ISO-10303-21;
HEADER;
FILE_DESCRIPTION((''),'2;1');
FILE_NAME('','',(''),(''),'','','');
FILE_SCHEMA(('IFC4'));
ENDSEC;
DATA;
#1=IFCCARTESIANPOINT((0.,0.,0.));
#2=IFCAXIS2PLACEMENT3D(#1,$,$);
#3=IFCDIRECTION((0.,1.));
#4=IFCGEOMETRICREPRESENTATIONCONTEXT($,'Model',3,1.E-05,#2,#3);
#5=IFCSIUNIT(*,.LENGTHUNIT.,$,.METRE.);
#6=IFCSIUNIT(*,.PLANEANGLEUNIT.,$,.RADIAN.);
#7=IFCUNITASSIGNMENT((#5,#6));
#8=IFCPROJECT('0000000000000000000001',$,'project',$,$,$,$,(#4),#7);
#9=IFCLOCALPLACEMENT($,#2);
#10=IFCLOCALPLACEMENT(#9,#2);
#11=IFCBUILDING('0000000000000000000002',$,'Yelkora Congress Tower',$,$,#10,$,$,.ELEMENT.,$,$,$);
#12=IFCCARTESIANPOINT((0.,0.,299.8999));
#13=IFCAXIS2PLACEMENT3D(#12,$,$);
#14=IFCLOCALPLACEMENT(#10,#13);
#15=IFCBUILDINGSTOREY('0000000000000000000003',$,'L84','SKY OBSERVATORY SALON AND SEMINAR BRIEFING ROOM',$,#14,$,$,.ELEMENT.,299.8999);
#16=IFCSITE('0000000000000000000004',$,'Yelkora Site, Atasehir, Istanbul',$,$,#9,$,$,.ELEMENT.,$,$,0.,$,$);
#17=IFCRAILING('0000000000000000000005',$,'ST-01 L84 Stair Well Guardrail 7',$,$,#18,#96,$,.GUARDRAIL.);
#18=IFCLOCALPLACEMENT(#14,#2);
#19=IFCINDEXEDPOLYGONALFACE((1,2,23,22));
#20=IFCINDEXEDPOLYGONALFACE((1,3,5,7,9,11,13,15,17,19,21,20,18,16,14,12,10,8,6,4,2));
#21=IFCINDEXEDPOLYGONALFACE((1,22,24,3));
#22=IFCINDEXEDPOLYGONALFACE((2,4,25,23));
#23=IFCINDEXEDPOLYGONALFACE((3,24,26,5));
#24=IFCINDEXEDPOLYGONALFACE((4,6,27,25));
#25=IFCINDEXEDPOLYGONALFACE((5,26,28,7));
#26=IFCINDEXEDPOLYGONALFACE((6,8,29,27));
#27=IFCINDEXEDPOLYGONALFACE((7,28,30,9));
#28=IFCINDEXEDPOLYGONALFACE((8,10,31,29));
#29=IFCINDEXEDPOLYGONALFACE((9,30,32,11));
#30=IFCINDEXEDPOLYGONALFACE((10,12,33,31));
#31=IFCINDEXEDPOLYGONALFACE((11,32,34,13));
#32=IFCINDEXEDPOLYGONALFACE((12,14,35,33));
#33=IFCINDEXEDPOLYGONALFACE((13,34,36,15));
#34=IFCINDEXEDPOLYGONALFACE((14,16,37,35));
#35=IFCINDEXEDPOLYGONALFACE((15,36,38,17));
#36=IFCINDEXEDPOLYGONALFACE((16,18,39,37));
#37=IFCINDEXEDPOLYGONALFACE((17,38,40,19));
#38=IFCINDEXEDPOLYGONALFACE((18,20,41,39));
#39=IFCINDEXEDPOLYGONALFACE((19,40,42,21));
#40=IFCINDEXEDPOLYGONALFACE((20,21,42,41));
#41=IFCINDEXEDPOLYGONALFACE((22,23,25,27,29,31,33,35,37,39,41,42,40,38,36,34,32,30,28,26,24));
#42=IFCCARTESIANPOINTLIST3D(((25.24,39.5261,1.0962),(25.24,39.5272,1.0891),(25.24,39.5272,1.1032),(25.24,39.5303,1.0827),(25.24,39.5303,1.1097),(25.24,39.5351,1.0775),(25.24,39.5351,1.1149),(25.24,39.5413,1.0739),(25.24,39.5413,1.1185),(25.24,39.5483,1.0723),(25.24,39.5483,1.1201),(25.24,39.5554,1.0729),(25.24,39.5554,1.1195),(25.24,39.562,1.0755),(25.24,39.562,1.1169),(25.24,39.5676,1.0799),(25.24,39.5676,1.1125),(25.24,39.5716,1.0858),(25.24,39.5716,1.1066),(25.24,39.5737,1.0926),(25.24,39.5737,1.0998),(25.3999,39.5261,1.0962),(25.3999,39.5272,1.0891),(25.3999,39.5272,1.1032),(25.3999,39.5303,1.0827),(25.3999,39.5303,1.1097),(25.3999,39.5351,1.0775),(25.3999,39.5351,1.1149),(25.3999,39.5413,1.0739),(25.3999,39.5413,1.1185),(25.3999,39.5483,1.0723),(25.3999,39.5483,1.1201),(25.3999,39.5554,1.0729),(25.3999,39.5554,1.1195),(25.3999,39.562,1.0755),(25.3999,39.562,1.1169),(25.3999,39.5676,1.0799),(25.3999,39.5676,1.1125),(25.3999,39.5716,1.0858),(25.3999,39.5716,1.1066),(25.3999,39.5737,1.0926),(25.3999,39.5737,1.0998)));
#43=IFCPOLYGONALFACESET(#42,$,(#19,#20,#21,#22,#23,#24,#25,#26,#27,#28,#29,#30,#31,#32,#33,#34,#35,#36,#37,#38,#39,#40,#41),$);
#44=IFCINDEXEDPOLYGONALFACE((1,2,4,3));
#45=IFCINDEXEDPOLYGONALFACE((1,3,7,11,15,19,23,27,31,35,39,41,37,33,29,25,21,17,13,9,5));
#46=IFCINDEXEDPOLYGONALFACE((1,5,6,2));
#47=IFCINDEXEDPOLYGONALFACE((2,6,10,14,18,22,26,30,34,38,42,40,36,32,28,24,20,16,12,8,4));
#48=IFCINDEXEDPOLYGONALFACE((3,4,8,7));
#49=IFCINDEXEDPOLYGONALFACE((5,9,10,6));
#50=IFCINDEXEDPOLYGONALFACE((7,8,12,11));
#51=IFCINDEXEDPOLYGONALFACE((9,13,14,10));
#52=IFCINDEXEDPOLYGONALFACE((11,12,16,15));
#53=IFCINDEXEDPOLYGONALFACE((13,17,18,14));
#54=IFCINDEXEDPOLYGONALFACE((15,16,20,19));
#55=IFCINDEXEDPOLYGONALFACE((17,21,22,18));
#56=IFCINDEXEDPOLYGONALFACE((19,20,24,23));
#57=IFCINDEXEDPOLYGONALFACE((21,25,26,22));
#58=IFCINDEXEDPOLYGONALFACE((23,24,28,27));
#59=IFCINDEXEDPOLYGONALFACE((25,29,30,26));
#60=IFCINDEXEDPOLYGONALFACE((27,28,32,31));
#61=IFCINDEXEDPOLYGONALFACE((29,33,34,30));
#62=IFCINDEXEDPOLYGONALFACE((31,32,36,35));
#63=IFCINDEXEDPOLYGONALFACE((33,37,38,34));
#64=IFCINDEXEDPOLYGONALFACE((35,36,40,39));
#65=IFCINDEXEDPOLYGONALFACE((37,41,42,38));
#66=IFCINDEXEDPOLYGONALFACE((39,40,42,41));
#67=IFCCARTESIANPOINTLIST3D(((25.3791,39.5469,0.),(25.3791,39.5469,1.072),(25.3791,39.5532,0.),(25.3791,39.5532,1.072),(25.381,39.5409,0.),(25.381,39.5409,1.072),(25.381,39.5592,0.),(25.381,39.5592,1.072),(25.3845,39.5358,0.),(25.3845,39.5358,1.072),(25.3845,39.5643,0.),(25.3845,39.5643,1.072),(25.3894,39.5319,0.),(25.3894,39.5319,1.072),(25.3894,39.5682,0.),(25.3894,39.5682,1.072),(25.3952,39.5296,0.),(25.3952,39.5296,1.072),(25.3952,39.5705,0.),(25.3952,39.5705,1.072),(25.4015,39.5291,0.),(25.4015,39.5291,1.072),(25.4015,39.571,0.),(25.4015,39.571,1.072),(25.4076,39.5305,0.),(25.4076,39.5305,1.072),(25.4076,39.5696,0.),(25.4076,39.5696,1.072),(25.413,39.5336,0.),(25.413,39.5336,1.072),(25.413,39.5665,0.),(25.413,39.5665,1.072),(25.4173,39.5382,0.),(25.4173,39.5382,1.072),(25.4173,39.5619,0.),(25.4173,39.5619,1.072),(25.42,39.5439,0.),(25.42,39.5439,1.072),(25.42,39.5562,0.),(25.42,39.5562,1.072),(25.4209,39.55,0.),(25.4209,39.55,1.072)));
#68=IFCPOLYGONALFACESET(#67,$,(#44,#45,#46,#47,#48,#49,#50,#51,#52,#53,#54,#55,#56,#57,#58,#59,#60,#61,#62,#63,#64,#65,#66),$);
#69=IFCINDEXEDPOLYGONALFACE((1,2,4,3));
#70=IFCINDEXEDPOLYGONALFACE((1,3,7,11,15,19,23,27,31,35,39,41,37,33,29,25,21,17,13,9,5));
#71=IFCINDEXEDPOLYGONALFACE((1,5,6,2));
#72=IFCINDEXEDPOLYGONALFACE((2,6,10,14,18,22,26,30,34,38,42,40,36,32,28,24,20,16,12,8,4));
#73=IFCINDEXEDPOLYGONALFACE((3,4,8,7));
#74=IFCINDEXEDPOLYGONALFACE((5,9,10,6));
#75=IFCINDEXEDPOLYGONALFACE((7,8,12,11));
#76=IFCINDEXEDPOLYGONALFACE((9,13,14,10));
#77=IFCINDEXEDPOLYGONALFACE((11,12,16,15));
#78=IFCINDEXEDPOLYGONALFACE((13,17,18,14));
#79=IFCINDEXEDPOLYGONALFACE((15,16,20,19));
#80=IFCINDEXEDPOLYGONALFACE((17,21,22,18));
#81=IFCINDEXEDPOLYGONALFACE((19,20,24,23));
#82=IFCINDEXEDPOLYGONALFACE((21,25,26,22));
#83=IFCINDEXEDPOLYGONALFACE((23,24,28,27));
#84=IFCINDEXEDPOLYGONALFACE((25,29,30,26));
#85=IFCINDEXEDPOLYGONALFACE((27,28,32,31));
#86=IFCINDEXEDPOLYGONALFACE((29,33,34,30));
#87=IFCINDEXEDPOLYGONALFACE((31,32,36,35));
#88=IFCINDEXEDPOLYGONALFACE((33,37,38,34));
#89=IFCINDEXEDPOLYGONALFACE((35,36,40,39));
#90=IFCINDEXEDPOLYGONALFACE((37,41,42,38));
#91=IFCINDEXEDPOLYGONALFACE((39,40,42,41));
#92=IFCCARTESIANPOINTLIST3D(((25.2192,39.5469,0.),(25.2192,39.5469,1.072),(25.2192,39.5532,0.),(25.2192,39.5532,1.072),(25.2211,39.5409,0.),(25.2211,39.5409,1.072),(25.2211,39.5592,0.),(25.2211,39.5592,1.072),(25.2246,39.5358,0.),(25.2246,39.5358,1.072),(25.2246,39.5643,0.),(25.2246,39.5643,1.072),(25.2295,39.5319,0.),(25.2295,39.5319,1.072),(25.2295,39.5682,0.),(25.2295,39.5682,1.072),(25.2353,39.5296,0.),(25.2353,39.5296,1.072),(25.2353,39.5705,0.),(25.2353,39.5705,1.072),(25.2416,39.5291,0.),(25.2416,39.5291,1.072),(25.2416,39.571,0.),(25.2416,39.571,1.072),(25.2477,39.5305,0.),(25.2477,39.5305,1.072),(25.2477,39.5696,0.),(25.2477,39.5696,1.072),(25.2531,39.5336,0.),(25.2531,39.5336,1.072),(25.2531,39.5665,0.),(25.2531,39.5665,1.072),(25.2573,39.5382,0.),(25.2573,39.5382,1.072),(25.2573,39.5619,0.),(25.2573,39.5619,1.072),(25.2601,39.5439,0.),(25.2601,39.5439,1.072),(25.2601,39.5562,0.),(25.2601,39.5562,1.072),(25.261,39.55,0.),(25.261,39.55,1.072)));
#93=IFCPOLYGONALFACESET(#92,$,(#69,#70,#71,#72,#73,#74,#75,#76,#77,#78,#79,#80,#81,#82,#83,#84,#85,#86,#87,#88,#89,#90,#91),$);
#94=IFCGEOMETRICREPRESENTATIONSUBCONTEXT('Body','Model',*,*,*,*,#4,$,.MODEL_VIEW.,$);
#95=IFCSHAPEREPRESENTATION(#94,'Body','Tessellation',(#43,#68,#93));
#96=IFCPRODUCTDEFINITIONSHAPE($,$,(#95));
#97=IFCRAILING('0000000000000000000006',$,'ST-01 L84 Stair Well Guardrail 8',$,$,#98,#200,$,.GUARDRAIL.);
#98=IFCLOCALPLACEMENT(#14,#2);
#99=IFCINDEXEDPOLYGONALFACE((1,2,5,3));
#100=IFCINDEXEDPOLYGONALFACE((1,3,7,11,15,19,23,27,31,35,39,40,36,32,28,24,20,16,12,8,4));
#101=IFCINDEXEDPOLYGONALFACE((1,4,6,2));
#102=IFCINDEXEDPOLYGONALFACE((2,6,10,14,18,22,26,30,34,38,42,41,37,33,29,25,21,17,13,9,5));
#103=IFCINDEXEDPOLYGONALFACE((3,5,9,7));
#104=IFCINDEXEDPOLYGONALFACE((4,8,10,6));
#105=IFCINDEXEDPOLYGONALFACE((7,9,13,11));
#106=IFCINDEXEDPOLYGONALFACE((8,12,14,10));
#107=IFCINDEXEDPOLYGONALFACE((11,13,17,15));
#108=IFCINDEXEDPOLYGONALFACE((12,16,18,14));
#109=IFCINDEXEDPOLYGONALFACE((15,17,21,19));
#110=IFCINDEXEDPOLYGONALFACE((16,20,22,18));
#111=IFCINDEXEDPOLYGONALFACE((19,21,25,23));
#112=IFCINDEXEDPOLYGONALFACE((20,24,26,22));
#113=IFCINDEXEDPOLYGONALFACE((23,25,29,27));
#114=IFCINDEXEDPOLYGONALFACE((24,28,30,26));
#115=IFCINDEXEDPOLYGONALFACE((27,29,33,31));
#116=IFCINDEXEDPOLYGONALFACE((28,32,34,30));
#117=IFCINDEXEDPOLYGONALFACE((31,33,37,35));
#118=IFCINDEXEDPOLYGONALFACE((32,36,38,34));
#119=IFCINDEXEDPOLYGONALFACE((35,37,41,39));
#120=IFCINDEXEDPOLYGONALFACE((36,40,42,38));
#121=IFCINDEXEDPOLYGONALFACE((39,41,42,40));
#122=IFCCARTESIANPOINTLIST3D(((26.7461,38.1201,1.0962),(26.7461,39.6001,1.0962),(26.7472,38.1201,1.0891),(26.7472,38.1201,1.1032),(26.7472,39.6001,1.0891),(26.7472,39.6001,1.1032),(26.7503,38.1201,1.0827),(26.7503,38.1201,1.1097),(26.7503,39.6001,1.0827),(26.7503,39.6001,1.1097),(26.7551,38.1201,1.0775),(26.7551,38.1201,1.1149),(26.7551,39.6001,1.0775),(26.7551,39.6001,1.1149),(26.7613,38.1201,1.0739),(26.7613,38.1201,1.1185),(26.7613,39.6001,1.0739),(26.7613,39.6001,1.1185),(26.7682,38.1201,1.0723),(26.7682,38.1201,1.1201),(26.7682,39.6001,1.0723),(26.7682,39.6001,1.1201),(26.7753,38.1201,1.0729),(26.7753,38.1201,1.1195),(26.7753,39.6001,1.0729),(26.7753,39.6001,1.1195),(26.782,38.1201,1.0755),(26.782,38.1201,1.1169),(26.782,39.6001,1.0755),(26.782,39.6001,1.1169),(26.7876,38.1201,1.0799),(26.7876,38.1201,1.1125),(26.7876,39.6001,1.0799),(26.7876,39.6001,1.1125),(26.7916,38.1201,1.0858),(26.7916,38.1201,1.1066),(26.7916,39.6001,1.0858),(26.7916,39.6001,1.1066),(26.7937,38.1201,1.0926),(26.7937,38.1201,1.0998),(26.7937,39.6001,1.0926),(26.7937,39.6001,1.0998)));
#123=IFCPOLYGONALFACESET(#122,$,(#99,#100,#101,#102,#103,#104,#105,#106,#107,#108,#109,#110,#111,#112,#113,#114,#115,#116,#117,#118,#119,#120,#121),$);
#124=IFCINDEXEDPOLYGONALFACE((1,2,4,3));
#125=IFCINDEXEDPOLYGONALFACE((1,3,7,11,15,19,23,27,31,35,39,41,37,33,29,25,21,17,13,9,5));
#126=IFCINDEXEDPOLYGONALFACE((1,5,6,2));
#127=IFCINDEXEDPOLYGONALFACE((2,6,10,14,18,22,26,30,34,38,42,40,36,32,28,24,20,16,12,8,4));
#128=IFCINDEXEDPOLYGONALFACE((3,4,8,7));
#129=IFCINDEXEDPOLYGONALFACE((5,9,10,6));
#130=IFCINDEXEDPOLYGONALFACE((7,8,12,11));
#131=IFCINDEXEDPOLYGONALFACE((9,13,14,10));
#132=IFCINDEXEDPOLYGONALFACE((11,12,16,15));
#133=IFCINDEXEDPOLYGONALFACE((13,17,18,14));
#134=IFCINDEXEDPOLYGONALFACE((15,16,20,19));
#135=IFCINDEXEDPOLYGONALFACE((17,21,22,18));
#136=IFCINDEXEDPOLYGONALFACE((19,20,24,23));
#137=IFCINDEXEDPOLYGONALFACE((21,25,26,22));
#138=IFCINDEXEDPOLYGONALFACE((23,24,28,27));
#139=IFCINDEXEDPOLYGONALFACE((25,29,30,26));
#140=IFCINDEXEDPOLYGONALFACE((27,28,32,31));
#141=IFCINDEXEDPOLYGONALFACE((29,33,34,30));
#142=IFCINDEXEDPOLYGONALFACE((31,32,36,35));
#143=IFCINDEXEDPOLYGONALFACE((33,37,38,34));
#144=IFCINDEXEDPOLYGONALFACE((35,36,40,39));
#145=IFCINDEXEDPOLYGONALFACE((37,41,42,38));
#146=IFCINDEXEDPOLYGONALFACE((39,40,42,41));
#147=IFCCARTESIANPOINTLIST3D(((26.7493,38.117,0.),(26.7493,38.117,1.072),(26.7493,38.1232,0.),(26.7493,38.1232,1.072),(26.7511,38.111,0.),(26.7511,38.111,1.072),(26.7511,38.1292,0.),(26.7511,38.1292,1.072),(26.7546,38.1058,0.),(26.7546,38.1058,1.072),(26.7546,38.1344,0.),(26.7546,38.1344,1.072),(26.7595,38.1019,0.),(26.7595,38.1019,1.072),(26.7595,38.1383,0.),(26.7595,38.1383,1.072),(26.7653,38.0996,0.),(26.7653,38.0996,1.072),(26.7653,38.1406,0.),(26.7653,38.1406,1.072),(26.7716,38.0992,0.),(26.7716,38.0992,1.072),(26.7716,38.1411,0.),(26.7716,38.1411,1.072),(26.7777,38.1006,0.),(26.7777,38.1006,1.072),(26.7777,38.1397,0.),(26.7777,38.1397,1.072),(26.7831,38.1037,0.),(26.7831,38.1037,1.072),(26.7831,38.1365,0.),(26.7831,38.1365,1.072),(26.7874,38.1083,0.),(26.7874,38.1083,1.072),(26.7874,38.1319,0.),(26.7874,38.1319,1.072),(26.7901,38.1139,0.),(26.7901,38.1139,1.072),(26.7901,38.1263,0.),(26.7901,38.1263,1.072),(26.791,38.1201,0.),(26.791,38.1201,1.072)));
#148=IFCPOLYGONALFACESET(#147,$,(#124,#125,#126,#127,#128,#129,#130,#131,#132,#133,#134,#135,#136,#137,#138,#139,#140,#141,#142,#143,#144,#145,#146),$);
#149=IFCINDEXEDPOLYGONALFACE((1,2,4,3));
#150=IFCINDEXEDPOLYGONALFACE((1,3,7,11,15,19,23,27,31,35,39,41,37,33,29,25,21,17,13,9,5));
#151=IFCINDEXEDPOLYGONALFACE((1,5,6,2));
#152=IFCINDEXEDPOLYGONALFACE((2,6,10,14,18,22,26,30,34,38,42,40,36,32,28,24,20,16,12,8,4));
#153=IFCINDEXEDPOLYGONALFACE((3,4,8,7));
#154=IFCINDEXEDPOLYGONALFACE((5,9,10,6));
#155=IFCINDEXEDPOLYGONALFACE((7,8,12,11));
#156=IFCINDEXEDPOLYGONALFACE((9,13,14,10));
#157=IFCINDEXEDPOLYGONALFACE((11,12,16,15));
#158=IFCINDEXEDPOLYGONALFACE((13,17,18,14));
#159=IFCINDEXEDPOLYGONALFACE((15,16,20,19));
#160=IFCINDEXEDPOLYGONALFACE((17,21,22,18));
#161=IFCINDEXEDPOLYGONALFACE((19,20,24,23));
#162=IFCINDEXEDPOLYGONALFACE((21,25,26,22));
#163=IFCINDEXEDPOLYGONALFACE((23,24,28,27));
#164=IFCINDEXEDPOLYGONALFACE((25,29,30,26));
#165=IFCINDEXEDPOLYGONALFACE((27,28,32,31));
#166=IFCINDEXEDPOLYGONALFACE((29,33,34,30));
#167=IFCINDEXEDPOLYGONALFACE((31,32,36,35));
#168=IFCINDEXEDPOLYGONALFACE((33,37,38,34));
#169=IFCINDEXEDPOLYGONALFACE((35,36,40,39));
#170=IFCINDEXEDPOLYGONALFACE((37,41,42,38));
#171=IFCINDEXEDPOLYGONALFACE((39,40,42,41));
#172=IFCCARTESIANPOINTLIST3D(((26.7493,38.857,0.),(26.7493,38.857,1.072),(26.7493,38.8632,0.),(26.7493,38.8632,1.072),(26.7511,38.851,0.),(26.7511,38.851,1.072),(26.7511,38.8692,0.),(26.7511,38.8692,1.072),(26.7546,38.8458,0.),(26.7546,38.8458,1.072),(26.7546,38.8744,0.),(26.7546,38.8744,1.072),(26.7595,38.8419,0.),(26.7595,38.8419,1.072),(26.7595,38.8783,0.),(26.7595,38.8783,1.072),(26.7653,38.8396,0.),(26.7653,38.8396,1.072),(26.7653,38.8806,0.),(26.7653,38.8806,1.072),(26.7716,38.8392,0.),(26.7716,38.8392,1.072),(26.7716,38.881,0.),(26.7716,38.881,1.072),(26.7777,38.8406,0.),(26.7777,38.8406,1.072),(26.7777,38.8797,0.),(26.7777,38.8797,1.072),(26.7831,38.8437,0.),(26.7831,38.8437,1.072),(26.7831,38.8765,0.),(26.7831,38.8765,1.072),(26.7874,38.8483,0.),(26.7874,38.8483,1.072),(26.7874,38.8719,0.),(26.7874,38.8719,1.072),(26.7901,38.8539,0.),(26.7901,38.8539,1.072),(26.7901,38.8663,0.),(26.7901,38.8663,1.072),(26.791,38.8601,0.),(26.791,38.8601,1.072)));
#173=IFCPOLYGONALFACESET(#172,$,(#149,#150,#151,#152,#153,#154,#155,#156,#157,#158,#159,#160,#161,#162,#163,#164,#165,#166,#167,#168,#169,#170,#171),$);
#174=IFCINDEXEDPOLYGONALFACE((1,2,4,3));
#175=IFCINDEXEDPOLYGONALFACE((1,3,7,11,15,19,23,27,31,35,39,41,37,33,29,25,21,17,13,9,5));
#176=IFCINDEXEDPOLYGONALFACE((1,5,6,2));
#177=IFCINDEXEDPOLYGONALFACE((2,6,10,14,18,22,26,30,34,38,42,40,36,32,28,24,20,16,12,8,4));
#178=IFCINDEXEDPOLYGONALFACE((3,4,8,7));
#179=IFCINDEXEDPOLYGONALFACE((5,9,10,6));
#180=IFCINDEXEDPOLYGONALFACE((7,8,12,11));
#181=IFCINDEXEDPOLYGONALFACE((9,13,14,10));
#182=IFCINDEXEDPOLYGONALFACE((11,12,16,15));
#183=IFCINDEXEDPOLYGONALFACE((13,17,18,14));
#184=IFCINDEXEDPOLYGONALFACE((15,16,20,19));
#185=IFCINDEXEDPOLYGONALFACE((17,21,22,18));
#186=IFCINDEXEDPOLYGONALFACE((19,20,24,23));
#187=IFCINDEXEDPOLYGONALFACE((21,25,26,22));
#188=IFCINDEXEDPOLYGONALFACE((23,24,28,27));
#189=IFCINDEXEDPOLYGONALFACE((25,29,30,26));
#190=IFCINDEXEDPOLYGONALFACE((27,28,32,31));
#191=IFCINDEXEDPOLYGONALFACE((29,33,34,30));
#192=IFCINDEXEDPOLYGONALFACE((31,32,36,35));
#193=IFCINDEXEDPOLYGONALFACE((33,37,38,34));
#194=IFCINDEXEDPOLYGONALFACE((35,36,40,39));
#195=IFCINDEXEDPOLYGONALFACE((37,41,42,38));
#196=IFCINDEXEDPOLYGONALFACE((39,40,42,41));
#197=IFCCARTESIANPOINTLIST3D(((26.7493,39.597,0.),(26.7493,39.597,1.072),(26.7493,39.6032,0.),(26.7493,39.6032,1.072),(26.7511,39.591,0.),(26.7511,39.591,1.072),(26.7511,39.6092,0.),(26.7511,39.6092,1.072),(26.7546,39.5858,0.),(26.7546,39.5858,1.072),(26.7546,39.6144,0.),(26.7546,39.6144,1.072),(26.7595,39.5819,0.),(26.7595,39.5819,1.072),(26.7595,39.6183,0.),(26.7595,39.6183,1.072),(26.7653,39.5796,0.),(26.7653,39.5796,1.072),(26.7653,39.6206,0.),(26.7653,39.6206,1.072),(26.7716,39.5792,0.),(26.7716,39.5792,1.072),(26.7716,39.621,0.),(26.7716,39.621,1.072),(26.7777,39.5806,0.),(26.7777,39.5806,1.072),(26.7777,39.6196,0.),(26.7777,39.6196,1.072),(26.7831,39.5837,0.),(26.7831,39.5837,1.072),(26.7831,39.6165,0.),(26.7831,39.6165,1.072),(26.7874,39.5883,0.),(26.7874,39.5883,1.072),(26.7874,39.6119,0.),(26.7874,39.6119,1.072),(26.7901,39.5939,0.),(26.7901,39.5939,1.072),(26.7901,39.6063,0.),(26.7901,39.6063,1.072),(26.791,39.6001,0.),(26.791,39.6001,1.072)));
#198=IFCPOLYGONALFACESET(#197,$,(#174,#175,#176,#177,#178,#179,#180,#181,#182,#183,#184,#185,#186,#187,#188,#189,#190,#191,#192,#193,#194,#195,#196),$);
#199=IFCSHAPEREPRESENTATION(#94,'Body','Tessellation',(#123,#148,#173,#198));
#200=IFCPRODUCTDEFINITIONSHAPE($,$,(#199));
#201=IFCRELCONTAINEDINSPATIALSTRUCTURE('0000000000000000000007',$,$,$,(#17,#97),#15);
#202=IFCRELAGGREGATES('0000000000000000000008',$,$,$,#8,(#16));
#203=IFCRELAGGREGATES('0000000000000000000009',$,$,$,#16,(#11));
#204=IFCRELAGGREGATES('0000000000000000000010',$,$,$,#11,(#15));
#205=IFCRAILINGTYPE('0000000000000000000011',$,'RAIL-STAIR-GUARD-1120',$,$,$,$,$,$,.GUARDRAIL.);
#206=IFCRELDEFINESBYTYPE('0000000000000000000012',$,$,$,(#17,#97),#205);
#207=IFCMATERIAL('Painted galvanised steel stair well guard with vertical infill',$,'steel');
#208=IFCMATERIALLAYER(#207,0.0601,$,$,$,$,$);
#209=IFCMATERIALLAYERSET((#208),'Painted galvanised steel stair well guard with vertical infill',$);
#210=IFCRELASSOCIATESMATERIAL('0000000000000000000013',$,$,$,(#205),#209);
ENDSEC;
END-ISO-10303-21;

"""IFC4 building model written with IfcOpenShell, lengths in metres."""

from ifc_helpers import new_model, si_unit, direction, frame, origin, origin_2d, place, context, subcontext, project, spatial, circle, extrude, material, layer, layer_set, type_object, element, save


model = new_model("IFC4")

# Units and contexts
model_context = context("Model", 3, precision=1e-05, world=origin(), true_north=direction((0.0, 1.0)))
body_context = subcontext(model_context, "Body", "Model", "MODEL_VIEW")
ifc_project = project(units=[si_unit("LENGTHUNIT", "METRE"), si_unit("PLANEANGLEUNIT", "RADIAN")], contexts=[model_context])

# Site, building, storey
site_placement = place(None, origin())
site = spatial("IfcSite", under=ifc_project, at=site_placement, Name="Yelkora Site, Atasehir, Istanbul", CompositionType="ELEMENT", RefElevation=0.0)
building_placement = place(site_placement, origin())
building = spatial("IfcBuilding", under=site, at=building_placement, Name="Yelkora Congress Tower", CompositionType="ELEMENT")
storey_placement = place(building_placement, frame((0.0, 0.0, 299.8999)))
storey = spatial("IfcBuildingStorey", under=building, at=storey_placement, Name="L84", Description="SKY OBSERVATORY SALON AND SEMINAR BRIEFING ROOM", CompositionType="ELEMENT", Elevation=299.8999)

# Railings
ifc_material_1 = material(Name="Painted galvanised steel stair well guard with vertical infill", Category="steel")
ifc_layer_1 = layer(ifc_material_1, 0.0601)
ifc_layer_set_1 = layer_set([ifc_layer_1], Name="Painted galvanised steel stair well guard with vertical infill")
railing_type_1 = type_object("IfcRailingType", Name="RAIL-STAIR-GUARD-1120", PredefinedType="GUARDRAIL", material=ifc_layer_set_1)
railing_1_placement = place(storey_placement, frame((25.3999, 39.55, 0.0)))
element("IfcRailing", 1, at=railing_1_placement, inside=storey, type_object=railing_type_1, Name="ST-01 L84 Stair Well Guardrail 7", PredefinedType="GUARDRAIL", context=body_context, shape_type="SweptSolid", body=[
    extrude(circle(Radius=0.0239, at=origin_2d()), frame((0.0, 0.0, 1.0962), z_axis=(-1.0, 0.0, 0.0), x_axis=(0.0, -1.0, 0.0)), (0.0, 0.0, 1.0), 0.1599),
    extrude(circle(Radius=0.021, at=origin_2d()), origin(), (0.0, 0.0, 1.0), 1.072),
    extrude(circle(Radius=0.021, at=origin_2d()), frame((-0.1599, 0.0, 0.0)), (0.0, 0.0, 1.0), 1.072),
])
for number, where, name in (
    (2, (26.77, 38.1201, 0.0), "ST-01 L84 Stair Well Guardrail 8"),
):
    element("IfcRailing", number, at=place(storey_placement, frame(where)), inside=storey, type_object=railing_type_1, Name=name, PredefinedType="GUARDRAIL", context=body_context, shape_type="SweptSolid", body=[
        extrude(circle(Radius=0.0239, at=origin_2d()), frame((0.0, 0.0, 1.0962), z_axis=(0.0, 1.0, 0.0), x_axis=(-1.0, 0.0, 0.0)), (0.0, 0.0, 1.0), 1.48),
        extrude(circle(Radius=0.021, at=origin_2d()), origin(), (0.0, 0.0, 1.0), 1.072),
        extrude(circle(Radius=0.021, at=origin_2d()), frame((0.0, 0.74, 0.0)), (0.0, 0.0, 1.0), 1.072),
        extrude(circle(Radius=0.021, at=origin_2d()), frame((0.0, 1.48, 0.0)), (0.0, 0.0, 1.0), 1.072),
    ])

save(model, "model.ifc")
